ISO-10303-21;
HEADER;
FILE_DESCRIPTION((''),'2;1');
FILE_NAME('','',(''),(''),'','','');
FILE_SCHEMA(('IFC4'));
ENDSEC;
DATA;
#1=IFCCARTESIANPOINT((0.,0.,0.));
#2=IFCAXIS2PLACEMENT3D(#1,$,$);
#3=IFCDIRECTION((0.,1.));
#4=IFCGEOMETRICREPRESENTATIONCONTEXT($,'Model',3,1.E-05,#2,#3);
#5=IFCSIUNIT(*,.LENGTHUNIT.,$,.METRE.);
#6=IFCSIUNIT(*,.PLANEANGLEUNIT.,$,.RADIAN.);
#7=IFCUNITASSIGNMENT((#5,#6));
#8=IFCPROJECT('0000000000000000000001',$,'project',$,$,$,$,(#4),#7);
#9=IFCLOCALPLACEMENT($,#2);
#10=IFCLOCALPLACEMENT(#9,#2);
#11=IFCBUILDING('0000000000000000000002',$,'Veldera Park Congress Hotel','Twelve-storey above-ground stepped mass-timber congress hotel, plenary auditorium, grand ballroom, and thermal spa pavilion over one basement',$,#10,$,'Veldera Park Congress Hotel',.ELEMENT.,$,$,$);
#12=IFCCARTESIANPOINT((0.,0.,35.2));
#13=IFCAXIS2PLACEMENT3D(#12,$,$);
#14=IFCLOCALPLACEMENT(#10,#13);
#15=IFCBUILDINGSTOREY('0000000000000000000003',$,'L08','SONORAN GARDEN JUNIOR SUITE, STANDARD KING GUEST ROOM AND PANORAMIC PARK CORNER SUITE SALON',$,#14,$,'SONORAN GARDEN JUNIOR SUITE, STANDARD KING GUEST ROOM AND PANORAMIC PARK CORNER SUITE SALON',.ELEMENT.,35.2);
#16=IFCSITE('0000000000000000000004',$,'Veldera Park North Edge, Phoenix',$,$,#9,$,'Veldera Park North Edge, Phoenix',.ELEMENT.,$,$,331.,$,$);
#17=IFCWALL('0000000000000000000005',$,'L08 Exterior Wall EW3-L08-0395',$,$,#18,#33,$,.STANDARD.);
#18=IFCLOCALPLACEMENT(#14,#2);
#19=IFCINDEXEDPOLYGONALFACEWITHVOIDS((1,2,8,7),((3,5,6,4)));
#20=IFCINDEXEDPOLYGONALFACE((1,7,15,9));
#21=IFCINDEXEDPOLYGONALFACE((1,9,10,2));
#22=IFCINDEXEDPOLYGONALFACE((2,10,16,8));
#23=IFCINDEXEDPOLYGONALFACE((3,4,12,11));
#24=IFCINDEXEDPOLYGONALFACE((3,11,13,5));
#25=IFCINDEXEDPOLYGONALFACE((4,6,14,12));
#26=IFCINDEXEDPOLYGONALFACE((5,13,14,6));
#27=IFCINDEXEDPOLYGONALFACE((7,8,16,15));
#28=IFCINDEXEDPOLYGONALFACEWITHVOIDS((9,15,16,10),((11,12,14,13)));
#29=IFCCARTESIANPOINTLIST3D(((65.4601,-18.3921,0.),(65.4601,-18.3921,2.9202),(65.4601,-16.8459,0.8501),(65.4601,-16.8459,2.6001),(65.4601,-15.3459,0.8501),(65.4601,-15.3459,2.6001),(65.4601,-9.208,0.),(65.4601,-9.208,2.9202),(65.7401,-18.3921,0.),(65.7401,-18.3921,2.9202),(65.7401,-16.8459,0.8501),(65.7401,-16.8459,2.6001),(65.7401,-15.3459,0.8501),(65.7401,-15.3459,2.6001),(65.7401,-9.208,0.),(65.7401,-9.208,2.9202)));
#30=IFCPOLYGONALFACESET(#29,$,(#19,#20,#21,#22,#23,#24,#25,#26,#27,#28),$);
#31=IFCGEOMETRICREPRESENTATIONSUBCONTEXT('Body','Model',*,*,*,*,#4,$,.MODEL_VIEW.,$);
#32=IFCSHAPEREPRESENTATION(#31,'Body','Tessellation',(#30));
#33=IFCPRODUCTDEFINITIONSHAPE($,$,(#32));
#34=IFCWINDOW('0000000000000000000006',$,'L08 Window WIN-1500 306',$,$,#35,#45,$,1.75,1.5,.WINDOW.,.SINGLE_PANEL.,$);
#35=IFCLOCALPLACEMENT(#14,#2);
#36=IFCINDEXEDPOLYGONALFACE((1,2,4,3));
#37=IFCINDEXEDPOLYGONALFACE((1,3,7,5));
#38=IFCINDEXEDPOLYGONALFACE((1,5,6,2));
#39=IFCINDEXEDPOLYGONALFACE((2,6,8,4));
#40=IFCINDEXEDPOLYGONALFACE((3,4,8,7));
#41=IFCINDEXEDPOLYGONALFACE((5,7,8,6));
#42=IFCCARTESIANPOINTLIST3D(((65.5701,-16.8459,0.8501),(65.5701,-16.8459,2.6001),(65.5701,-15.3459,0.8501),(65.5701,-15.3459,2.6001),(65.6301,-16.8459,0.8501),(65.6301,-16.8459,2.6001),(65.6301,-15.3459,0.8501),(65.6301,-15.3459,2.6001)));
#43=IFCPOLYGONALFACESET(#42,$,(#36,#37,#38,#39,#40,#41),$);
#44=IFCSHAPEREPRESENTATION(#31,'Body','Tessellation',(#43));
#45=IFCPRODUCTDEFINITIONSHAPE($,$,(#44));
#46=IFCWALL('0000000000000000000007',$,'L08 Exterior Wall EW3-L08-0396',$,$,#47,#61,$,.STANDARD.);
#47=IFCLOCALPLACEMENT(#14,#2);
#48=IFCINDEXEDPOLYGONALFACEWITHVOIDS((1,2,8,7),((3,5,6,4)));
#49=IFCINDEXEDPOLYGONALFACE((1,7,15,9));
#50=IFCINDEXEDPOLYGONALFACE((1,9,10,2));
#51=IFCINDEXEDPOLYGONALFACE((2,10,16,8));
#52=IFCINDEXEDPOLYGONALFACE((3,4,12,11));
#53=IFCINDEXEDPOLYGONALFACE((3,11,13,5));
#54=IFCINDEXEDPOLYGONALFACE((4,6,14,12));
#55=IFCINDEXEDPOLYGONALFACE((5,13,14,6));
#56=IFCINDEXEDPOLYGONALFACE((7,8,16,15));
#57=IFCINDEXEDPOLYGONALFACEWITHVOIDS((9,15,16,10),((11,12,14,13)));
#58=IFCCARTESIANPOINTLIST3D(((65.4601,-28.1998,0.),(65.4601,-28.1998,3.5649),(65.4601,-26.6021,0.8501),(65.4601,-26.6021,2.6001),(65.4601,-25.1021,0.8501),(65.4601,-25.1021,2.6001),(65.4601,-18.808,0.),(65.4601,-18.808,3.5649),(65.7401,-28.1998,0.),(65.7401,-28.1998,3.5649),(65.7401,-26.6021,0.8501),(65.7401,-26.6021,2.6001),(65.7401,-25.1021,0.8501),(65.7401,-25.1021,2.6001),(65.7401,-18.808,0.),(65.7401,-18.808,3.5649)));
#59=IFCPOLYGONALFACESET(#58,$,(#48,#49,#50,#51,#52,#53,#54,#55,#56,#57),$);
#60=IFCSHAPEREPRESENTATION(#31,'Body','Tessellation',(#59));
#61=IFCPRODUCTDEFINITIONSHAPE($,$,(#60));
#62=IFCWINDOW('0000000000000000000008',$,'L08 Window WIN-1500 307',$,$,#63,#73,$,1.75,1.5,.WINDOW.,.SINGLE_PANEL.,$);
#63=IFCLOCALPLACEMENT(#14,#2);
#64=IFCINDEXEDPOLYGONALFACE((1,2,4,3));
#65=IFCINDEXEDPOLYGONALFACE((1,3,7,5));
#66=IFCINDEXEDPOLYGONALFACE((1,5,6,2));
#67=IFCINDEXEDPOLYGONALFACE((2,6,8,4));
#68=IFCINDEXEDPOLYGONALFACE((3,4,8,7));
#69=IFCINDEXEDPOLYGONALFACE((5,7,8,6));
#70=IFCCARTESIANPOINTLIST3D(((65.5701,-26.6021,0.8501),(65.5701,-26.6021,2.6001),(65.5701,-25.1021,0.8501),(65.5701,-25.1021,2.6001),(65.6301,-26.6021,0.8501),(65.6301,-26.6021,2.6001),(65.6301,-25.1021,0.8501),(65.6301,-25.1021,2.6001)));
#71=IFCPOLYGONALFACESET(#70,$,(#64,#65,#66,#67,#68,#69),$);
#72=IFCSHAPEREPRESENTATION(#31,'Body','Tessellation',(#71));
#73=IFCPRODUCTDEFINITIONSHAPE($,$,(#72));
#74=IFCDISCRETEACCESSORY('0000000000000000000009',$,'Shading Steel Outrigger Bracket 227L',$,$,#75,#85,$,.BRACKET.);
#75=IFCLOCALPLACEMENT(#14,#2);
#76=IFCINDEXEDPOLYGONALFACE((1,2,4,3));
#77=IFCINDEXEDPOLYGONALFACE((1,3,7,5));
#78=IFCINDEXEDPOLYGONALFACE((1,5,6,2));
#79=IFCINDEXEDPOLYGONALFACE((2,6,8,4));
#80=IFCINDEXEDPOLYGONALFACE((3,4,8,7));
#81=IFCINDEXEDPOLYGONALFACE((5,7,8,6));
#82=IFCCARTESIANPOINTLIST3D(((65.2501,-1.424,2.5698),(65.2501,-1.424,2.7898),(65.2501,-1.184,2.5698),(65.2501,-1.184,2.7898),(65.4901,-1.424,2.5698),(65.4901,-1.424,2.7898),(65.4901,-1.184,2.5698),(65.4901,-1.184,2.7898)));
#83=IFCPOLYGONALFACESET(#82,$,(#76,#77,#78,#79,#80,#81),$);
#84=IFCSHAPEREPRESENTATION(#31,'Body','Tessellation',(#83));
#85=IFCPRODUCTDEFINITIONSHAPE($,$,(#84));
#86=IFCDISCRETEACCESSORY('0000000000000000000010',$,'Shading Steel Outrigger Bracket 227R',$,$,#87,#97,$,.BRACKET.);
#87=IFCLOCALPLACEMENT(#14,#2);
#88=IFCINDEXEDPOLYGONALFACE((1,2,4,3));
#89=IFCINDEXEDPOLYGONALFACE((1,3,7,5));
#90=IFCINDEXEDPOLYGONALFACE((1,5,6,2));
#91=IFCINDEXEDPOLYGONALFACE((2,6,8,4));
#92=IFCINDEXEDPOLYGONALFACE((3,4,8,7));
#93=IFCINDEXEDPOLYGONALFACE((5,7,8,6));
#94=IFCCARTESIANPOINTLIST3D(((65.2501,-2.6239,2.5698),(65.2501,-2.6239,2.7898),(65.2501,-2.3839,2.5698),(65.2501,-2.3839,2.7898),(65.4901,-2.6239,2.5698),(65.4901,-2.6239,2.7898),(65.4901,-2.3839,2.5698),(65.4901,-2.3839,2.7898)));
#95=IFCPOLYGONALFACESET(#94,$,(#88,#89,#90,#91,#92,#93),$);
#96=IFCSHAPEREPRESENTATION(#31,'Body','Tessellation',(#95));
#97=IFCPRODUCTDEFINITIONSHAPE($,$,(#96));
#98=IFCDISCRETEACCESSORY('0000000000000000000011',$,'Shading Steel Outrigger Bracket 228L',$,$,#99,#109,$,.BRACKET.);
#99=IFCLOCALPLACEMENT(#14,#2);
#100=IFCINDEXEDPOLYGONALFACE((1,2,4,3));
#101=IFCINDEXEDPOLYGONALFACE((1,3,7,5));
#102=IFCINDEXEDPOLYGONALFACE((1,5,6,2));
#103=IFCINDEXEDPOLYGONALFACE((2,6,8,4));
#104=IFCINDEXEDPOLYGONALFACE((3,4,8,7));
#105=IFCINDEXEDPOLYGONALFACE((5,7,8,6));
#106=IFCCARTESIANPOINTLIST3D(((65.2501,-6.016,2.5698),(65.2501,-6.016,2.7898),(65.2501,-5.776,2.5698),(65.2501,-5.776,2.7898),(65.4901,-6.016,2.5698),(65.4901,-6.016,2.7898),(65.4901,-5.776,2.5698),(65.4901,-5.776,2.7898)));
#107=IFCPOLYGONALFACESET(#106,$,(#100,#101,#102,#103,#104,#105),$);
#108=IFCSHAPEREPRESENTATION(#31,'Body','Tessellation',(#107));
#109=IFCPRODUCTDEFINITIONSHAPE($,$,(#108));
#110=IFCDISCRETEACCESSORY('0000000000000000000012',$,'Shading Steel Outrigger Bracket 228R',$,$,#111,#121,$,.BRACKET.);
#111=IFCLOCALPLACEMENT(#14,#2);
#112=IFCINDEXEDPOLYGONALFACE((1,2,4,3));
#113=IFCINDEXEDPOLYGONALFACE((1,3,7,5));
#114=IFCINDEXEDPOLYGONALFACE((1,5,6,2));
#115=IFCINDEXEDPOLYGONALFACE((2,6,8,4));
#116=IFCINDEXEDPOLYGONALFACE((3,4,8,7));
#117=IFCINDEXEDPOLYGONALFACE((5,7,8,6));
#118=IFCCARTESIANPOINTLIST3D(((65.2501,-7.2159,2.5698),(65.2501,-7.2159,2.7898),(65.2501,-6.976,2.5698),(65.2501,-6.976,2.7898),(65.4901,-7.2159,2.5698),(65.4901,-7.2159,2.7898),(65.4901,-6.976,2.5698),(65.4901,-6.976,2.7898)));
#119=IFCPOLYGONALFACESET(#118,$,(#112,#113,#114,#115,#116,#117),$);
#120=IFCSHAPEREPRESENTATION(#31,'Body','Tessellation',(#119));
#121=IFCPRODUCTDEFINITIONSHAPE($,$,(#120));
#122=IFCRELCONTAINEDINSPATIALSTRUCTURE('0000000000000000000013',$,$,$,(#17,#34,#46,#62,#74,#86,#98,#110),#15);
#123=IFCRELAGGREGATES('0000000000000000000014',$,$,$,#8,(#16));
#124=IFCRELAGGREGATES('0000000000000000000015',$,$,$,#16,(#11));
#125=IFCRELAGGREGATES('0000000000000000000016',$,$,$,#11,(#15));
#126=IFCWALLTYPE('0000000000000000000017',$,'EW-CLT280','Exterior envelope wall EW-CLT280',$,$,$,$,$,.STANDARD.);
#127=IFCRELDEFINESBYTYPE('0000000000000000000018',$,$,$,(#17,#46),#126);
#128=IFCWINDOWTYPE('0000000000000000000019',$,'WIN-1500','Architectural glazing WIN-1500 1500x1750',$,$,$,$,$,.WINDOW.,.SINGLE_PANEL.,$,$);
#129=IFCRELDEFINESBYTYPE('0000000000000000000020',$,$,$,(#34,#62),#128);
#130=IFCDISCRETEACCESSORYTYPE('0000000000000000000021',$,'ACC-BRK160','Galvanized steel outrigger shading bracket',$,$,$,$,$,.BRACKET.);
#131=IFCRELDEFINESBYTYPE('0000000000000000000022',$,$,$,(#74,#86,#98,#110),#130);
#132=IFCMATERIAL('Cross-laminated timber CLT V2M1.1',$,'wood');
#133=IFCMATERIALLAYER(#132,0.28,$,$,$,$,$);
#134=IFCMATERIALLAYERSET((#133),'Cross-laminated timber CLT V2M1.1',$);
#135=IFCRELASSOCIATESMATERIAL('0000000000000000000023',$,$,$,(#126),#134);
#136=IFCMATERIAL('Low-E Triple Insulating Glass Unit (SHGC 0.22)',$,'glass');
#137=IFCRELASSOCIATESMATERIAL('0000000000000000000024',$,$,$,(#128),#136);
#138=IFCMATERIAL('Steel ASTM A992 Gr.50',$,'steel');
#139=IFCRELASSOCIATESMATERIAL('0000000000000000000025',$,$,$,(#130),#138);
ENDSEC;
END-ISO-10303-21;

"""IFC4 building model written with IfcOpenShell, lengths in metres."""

from ifc_helpers import new_model, si_unit, direction, frame, frame_2d, origin, origin_2d, place, context, subcontext, project, spatial, rectangle, extrude, material, layer, layer_set, type_object, element, fill, save


model = new_model("IFC4")

# Units and contexts
model_context = context("Model", 3, precision=1e-05, world=origin(), true_north=direction((0.0, 1.0)))
body_context = subcontext(model_context, "Body", "Model", "MODEL_VIEW")
ifc_project = project(units=[si_unit("LENGTHUNIT", "METRE"), si_unit("PLANEANGLEUNIT", "RADIAN")], contexts=[model_context])

# Site, building, storey
site_placement = place(None, origin())
site = spatial("IfcSite", under=ifc_project, at=site_placement, Name="Veldera Park North Edge, Phoenix", LongName="Veldera Park North Edge, Phoenix", CompositionType="ELEMENT", RefElevation=331.0)
building_placement = place(site_placement, origin())
building = spatial("IfcBuilding", under=site, at=building_placement, Name="Veldera Park Congress Hotel", Description="Twelve-storey above-ground stepped mass-timber congress hotel, plenary auditorium, grand ballroom, and thermal spa pavilion over one basement", LongName="Veldera Park Congress Hotel", CompositionType="ELEMENT")
storey_placement = place(building_placement, frame((0.0, 0.0, 35.2)))
storey = spatial("IfcBuildingStorey", under=building, at=storey_placement, Name="L08", Description="SONORAN GARDEN JUNIOR SUITE, STANDARD KING GUEST ROOM AND PANORAMIC PARK CORNER SUITE SALON", LongName="SONORAN GARDEN JUNIOR SUITE, STANDARD KING GUEST ROOM AND PANORAMIC PARK CORNER SUITE SALON", CompositionType="ELEMENT", Elevation=35.2)

# Shared definitions
ifc_material_1 = material(Name="Cross-laminated timber CLT V2M1.1", Category="wood")
ifc_layer = layer(ifc_material_1, 0.28)
ifc_layer_set = layer_set([ifc_layer], Name="Cross-laminated timber CLT V2M1.1")
wall_type = type_object("IfcWallType", Name="EW-CLT280", Description="Exterior envelope wall EW-CLT280", PredefinedType="STANDARD", material=ifc_layer_set)

# Shared definitions
ifc_material_2 = material(Name="Low-E Triple Insulating Glass Unit (SHGC 0.22)", Category="glass")
window_type = type_object("IfcWindowType", Name="WIN-1500", Description="Architectural glazing WIN-1500 1500x1750", PartitioningType="SINGLE_PANEL", PredefinedType="WINDOW", material=ifc_material_2)

# Walls, openings, windows
wall_1_placement = place(storey_placement, frame((65.6001, -9.208, 0.0), z_axis=(0.0, 0.0, 1.0), x_axis=(0.0, -1.0, 0.0)))
wall_1 = element("IfcWall", 1, at=wall_1_placement, inside=storey, type_object=wall_type, Name="L08 Exterior Wall EW3-L08-0395", PredefinedType="STANDARD", context=body_context, shape_type="SweptSolid", body=[
    extrude(rectangle(XDim=9.1841, YDim=0.28, at=frame_2d((4.592, 0.0))), origin(), (0.0, 0.0, 1.0), 2.9202),
])
opening_1_placement = place(wall_1_placement, frame((6.1379, 0.0, 0.8501)))
opening_1 = element("IfcOpeningElement", 2, at=opening_1_placement, cuts=wall_1, PredefinedType="OPENING", context=body_context, shape_type="SweptSolid", body=[
    extrude(rectangle(XDim=1.5, YDim=1.75, at=frame_2d((0.75, 0.875))), frame((0.0, 0.1521, 0.0), z_axis=(0.0, -1.0, 0.0), x_axis=(1.0, 0.0, 0.0)), (0.0, 0.0, 1.0), 0.304),
])
window_1_placement = place(opening_1_placement, origin())
window_1 = element("IfcWindow", 3, at=window_1_placement, inside=storey, type_object=window_type, Name="L08 Window WIN-1500 306", OverallHeight=1.75, OverallWidth=1.5, PartitioningType="SINGLE_PANEL", PredefinedType="WINDOW", context=body_context, shape_type="SweptSolid", body=[
    extrude(rectangle(XDim=1.5, YDim=1.75, at=frame_2d((0.75, 0.875))), frame((0.0, 0.03, 0.0), z_axis=(0.0, -1.0, 0.0), x_axis=(1.0, 0.0, 0.0)), (0.0, 0.0, 1.0), 0.0601),
])
fill(opening_1, window_1)
wall_2_placement = place(storey_placement, frame((65.6001, -18.8081, 0.0), z_axis=(0.0, 0.0, 1.0), x_axis=(0.0, -1.0, 0.0)))
wall_2 = element("IfcWall", 4, at=wall_2_placement, inside=storey, type_object=wall_type, Name="L08 Exterior Wall EW3-L08-0396", PredefinedType="STANDARD", context=body_context, shape_type="SweptSolid", body=[
    extrude(rectangle(XDim=9.3918, YDim=0.28, at=frame_2d((4.6958, 0.0))), origin(), (0.0, 0.0, 1.0), 3.5649),
])
opening_2_placement = place(wall_2_placement, frame((6.2939, 0.0, 0.8501)))
opening_2 = element("IfcOpeningElement", 5, at=opening_2_placement, cuts=wall_2, PredefinedType="OPENING", context=body_context, shape_type="SweptSolid", body=[
    extrude(rectangle(XDim=1.5, YDim=1.75, at=frame_2d((0.75, 0.875))), frame((0.0, 0.1521, 0.0), z_axis=(0.0, -1.0, 0.0), x_axis=(1.0, 0.0, 0.0)), (0.0, 0.0, 1.0), 0.304),
])
window_2_placement = place(opening_2_placement, origin())
window_2 = element("IfcWindow", 6, at=window_2_placement, inside=storey, type_object=window_type, Name="L08 Window WIN-1500 307", OverallHeight=1.75, OverallWidth=1.5, PartitioningType="SINGLE_PANEL", PredefinedType="WINDOW", context=body_context, shape_type="SweptSolid", body=[
    extrude(rectangle(XDim=1.5, YDim=1.75, at=frame_2d((0.75, 0.875))), frame((0.0, 0.03, 0.0), z_axis=(0.0, -1.0, 0.0), x_axis=(1.0, 0.0, 0.0)), (0.0, 0.0, 1.0), 0.0601),
])
fill(opening_2, window_2)

# Discrete accessories
ifc_material_3 = material(Name="Steel ASTM A992 Gr.50", Category="steel")
discrete_accessory_type = type_object("IfcDiscreteAccessoryType", Name="ACC-BRK160", Description="Galvanized steel outrigger shading bracket", PredefinedType="BRACKET", material=ifc_material_3)
for number, where, z_axis, x_axis, name in (
    (7, (65.3701, -1.304, 2.5698), (0.0, 0.0, 1.0), (0.0, -1.0, 0.0), "Shading Steel Outrigger Bracket 227L"),
    (8, (65.3701, -2.5039, 2.5698), (0.0, 0.0, 1.0), (0.0, -1.0, 0.0), "Shading Steel Outrigger Bracket 227R"),
    (9, (65.3701, -5.896, 2.5698), (0.0, 0.0, 1.0), (0.0, -1.0, 0.0), "Shading Steel Outrigger Bracket 228L"),
    (10, (65.3701, -7.0959, 2.5698), (0.0, 0.0, 1.0), (0.0, -1.0, 0.0), "Shading Steel Outrigger Bracket 228R"),
):
    element("IfcDiscreteAccessory", number, at=place(storey_placement, frame(where, z_axis=z_axis, x_axis=x_axis)), inside=storey, type_object=discrete_accessory_type, Name=name, PredefinedType="BRACKET", context=body_context, shape_type="SweptSolid", body=[
        extrude(rectangle(XDim=0.24, YDim=0.24, at=origin_2d()), origin(), (0.0, 0.0, 1.0), 0.22),
    ])

save(model, "model.ifc")
